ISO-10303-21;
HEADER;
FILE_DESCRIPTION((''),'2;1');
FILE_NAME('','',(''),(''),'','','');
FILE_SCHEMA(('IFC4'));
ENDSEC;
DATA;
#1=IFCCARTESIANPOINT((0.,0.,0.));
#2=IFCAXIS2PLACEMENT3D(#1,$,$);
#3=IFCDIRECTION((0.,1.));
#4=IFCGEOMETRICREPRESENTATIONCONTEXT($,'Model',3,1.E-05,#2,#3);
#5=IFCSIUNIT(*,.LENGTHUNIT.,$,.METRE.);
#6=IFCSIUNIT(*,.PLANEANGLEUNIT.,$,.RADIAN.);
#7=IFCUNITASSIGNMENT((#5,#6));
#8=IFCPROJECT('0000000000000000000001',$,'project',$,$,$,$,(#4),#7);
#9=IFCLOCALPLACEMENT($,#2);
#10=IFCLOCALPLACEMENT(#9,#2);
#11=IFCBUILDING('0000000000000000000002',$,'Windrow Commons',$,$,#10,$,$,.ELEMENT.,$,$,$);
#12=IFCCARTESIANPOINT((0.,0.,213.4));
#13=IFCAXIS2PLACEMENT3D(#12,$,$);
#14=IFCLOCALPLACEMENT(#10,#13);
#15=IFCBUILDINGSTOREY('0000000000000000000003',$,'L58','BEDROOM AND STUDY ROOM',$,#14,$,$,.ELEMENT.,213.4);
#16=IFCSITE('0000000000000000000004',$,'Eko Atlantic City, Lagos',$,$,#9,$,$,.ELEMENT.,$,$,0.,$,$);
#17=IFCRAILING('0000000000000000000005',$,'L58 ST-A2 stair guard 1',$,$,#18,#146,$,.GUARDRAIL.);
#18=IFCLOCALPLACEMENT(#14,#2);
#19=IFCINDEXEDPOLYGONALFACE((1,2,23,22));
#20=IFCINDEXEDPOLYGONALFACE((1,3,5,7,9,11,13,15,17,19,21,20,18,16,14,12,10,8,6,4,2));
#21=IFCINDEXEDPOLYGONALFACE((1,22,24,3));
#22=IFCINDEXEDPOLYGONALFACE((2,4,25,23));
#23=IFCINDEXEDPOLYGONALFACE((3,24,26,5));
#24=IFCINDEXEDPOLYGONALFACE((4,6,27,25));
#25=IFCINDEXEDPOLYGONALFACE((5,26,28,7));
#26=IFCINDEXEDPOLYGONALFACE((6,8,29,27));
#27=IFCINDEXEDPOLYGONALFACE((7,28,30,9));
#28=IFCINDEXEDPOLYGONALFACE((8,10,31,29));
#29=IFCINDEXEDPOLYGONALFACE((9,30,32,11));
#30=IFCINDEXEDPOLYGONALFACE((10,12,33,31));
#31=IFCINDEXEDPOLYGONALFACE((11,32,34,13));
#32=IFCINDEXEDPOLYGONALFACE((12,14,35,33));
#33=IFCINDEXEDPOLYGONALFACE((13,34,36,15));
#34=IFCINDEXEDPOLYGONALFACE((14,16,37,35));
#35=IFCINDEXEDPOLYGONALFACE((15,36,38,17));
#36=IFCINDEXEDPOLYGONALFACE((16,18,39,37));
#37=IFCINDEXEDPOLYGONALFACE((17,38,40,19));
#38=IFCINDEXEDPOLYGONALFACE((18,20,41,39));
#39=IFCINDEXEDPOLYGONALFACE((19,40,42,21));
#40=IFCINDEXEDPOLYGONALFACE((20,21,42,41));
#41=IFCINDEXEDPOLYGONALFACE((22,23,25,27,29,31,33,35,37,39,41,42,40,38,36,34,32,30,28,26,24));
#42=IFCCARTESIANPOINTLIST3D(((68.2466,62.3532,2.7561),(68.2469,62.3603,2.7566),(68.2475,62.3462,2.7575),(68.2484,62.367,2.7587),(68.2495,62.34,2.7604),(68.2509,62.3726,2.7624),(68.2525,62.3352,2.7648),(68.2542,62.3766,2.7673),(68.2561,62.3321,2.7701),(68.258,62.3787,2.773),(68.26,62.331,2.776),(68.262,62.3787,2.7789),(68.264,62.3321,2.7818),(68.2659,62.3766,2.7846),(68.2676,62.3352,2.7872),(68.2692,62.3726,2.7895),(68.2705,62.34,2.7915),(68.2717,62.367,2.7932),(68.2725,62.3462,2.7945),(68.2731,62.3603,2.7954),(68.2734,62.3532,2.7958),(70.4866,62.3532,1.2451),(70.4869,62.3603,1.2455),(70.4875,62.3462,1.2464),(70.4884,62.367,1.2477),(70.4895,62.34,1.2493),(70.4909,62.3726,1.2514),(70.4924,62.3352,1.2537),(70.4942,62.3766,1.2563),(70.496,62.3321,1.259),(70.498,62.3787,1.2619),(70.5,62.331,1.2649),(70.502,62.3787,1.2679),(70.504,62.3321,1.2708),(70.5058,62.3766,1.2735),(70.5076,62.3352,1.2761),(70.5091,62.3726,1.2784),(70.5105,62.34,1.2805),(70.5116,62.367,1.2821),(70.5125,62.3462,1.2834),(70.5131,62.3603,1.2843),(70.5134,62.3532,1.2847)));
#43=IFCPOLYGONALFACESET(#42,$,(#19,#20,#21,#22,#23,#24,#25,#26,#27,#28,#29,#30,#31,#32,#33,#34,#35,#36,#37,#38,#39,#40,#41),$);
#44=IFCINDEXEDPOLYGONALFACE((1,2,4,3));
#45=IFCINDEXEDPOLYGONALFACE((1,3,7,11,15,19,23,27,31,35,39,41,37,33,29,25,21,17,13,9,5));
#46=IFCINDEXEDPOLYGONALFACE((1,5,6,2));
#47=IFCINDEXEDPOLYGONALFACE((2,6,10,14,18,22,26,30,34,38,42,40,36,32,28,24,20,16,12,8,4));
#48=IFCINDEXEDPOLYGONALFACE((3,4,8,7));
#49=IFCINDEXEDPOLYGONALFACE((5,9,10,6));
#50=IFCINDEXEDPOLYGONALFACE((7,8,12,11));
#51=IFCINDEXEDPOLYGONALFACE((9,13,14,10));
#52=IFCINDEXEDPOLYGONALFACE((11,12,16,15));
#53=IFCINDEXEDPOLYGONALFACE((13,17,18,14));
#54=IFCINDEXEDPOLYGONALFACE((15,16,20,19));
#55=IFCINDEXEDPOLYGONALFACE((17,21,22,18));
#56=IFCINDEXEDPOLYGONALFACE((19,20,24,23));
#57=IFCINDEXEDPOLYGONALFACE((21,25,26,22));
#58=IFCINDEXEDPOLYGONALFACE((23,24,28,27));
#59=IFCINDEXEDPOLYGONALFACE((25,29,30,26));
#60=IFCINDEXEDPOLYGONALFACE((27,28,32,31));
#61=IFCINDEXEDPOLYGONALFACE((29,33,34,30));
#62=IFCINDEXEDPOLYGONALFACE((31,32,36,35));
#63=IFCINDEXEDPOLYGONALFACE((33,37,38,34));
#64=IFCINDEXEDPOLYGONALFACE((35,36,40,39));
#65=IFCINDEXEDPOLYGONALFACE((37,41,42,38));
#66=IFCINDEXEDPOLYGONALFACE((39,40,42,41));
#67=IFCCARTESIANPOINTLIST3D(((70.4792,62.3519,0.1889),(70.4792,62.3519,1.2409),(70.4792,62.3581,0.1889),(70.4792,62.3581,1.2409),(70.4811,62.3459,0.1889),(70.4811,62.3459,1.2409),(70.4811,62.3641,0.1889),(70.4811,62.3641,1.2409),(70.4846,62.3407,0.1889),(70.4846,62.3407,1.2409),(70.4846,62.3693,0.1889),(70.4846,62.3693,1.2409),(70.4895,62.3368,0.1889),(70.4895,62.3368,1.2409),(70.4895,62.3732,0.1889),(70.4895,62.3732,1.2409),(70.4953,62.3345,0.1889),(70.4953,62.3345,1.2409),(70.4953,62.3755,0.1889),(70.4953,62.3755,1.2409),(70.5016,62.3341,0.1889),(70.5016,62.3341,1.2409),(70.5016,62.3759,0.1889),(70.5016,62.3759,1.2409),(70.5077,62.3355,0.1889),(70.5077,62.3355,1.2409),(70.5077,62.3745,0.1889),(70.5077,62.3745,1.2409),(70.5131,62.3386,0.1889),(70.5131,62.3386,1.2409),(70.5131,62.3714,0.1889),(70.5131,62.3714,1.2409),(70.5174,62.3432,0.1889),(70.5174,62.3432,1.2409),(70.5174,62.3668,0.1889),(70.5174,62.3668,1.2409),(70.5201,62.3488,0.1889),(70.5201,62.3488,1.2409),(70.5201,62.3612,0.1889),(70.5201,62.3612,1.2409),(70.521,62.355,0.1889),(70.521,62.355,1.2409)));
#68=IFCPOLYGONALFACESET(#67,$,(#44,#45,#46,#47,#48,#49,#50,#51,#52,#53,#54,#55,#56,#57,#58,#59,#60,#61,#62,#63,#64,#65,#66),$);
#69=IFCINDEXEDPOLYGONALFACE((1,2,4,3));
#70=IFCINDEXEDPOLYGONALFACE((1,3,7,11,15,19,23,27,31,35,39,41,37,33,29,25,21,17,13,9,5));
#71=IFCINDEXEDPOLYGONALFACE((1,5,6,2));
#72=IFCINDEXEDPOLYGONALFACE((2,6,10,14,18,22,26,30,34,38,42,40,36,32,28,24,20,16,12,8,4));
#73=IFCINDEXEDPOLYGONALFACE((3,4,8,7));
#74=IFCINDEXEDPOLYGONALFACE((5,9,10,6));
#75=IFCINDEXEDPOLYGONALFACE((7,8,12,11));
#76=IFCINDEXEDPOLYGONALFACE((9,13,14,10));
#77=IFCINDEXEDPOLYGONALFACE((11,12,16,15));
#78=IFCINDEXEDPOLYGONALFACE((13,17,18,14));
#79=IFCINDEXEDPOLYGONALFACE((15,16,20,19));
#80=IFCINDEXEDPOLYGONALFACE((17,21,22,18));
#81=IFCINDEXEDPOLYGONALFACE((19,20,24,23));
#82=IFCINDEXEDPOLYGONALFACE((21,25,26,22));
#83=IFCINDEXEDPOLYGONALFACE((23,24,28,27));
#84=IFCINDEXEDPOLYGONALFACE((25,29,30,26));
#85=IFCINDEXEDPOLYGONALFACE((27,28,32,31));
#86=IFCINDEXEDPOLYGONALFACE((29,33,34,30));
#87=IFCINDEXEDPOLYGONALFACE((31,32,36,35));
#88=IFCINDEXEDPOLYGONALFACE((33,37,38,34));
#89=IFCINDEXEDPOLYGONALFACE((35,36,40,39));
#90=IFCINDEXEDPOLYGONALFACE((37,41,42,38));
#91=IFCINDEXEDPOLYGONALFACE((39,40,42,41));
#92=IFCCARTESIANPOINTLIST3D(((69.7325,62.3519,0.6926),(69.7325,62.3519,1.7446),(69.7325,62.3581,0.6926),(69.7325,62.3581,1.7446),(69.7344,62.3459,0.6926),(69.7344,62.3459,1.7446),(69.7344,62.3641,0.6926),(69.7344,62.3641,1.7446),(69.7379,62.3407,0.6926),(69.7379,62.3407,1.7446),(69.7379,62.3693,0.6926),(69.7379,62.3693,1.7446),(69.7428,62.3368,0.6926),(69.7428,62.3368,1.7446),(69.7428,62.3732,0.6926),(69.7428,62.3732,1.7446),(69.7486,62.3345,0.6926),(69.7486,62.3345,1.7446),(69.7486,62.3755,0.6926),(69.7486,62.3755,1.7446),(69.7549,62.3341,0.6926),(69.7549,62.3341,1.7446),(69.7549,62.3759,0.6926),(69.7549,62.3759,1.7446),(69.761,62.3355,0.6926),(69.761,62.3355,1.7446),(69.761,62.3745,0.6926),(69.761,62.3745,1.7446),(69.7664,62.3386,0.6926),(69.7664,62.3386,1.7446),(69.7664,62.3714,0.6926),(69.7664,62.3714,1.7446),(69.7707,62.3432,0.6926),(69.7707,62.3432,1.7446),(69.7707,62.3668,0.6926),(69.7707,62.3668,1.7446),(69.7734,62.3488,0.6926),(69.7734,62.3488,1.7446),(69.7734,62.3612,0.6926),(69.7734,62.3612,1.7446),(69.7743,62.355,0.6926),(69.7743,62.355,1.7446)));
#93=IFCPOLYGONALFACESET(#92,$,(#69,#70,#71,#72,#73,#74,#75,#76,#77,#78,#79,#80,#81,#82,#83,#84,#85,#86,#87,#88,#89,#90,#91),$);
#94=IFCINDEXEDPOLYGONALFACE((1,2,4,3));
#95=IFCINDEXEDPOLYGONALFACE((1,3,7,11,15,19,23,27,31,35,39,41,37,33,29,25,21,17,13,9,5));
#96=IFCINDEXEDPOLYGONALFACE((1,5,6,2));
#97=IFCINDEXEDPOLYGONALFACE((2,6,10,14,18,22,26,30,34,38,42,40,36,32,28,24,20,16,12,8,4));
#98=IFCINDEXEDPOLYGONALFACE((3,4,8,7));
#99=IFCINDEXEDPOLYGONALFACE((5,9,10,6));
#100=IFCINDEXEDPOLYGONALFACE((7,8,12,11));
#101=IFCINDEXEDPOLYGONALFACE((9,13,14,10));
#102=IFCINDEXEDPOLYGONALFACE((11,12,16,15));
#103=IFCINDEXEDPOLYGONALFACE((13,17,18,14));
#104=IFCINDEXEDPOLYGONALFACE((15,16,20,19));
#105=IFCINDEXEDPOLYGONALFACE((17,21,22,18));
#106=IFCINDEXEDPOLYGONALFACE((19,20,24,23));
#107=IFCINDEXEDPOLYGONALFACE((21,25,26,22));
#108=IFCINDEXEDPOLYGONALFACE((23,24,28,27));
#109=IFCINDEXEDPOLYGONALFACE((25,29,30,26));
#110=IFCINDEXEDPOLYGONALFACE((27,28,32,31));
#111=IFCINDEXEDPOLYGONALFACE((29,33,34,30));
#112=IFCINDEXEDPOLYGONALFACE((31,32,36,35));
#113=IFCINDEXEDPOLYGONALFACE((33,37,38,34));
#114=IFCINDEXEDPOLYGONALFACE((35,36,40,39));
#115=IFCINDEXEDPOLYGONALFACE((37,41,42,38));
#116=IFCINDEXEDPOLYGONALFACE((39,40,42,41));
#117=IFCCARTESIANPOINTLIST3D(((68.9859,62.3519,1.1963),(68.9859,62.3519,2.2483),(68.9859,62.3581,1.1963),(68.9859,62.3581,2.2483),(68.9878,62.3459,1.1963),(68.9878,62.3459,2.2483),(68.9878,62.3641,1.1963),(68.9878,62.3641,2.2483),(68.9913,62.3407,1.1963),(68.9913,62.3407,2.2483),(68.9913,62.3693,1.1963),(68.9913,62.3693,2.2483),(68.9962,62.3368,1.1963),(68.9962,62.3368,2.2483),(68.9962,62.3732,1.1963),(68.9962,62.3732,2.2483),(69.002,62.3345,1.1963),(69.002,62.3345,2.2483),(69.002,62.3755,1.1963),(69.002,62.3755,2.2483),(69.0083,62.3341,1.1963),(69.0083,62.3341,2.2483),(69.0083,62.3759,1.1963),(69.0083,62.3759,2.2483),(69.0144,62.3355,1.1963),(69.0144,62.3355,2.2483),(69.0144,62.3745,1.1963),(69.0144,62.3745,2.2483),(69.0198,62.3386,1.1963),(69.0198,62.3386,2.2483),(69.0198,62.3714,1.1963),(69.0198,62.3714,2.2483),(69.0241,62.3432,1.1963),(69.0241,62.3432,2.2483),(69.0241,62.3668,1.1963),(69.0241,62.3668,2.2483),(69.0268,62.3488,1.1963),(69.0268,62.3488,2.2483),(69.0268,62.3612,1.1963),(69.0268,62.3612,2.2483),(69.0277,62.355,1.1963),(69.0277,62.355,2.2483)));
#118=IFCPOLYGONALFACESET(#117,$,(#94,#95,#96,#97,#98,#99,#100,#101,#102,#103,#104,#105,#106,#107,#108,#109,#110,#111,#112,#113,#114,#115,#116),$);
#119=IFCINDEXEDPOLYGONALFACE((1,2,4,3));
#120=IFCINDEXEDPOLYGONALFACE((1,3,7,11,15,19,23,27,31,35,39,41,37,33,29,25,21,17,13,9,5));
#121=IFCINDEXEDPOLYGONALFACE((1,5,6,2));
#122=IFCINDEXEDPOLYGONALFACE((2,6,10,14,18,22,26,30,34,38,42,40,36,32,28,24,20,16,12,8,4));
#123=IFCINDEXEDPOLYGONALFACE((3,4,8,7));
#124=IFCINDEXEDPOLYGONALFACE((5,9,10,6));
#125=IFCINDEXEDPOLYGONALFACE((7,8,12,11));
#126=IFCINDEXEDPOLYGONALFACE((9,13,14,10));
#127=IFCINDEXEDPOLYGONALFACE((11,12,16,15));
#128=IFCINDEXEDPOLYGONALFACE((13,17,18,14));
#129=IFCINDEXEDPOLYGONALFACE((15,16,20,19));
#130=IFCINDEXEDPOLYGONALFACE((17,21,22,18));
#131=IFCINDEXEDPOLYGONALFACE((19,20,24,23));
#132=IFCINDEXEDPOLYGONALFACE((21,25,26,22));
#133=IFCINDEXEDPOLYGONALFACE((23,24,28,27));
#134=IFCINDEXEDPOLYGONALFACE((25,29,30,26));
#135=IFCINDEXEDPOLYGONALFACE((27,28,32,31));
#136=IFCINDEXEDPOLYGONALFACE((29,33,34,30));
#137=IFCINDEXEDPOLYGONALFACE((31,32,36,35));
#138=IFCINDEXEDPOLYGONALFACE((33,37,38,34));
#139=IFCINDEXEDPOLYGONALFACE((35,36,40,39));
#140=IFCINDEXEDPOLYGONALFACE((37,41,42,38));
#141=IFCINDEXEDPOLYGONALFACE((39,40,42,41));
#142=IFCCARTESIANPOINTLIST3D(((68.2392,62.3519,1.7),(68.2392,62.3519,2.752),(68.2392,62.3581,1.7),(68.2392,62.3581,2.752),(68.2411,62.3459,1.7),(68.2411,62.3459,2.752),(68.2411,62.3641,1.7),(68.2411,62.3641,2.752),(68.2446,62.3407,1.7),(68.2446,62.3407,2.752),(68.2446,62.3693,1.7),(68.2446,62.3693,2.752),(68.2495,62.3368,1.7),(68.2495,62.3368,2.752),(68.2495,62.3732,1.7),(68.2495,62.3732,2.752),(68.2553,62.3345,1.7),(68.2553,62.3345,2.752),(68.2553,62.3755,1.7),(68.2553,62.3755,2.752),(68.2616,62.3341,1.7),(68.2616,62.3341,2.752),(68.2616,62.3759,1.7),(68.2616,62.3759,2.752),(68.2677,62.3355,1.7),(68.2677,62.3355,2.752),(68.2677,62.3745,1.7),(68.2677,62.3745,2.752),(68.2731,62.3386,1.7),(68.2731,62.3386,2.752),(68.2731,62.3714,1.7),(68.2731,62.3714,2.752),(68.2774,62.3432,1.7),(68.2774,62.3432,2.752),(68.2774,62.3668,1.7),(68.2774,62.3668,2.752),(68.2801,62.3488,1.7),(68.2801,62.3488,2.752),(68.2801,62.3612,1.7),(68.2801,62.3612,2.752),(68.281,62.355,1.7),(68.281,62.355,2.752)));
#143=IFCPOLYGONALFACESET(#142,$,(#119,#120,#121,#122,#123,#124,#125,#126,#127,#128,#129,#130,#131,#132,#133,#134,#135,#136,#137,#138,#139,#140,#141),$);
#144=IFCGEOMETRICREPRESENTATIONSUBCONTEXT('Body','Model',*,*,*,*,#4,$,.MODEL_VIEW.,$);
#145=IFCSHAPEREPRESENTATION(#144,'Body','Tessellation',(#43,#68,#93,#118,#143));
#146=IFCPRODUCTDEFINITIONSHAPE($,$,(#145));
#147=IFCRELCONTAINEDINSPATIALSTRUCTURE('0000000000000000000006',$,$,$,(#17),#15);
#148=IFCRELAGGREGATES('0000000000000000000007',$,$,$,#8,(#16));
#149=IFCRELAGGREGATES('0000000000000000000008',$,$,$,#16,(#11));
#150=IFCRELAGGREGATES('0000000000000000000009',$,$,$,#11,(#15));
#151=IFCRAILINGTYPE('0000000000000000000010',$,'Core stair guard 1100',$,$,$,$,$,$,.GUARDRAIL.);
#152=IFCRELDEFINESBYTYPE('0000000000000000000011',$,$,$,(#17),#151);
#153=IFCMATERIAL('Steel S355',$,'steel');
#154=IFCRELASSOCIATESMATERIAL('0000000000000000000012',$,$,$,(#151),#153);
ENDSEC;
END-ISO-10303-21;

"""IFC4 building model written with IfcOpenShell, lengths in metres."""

from ifc_helpers import new_model, si_unit, direction, frame, origin, origin_2d, place, context, subcontext, project, spatial, circle, extrude, material, type_object, element, save


model = new_model("IFC4")

# Units and contexts
model_context = context("Model", 3, precision=1e-05, world=origin(), true_north=direction((0.0, 1.0)))
body_context = subcontext(model_context, "Body", "Model", "MODEL_VIEW")
ifc_project = project(units=[si_unit("LENGTHUNIT", "METRE"), si_unit("PLANEANGLEUNIT", "RADIAN")], contexts=[model_context])

# Site, building, storey
site_placement = place(None, origin())
site = spatial("IfcSite", under=ifc_project, at=site_placement, Name="Eko Atlantic City, Lagos", CompositionType="ELEMENT", RefElevation=0.0)
building_placement = place(site_placement, origin())
building = spatial("IfcBuilding", under=site, at=building_placement, Name="Windrow Commons", CompositionType="ELEMENT")
storey_placement = place(building_placement, frame((0.0, 0.0, 213.4)))
storey = spatial("IfcBuildingStorey", under=building, at=storey_placement, Name="L58", Description="BEDROOM AND STUDY ROOM", CompositionType="ELEMENT", Elevation=213.4)

# Railing
ifc_material_1 = material(Name="Steel S355", Category="steel")
railing_type_1 = type_object("IfcRailingType", Name="Core stair guard 1100", PredefinedType="GUARDRAIL", material=ifc_material_1)
railing_1_placement = place(storey_placement, frame((70.5, 62.355, 0.1889)))
element("IfcRailing", 1, at=railing_1_placement, inside=storey, type_object=railing_type_1, Name="L58 ST-A2 stair guard 1", PredefinedType="GUARDRAIL", context=body_context, shape_type="SweptSolid", body=[
    extrude(circle(Radius=0.024, at=origin_2d()), frame((0.0, 0.0, 1.076), z_axis=(-0.829003, 0.0, 0.559244), x_axis=(0.0, -1.0, 0.0)), (0.0, 0.0, 1.0), 2.702),
    extrude(circle(Radius=0.021, at=origin_2d()), origin(), (0.0, 0.0, 1.0), 1.052),
    extrude(circle(Radius=0.021, at=origin_2d()), frame((-0.7467, 0.0, 0.5037)), (0.0, 0.0, 1.0), 1.052),
    extrude(circle(Radius=0.021, at=origin_2d()), frame((-1.4933, 0.0, 1.0074)), (0.0, 0.0, 1.0), 1.052),
    extrude(circle(Radius=0.021, at=origin_2d()), frame((-2.24, 0.0, 1.5111)), (0.0, 0.0, 1.0), 1.052),
])

save(model, "model.ifc")
